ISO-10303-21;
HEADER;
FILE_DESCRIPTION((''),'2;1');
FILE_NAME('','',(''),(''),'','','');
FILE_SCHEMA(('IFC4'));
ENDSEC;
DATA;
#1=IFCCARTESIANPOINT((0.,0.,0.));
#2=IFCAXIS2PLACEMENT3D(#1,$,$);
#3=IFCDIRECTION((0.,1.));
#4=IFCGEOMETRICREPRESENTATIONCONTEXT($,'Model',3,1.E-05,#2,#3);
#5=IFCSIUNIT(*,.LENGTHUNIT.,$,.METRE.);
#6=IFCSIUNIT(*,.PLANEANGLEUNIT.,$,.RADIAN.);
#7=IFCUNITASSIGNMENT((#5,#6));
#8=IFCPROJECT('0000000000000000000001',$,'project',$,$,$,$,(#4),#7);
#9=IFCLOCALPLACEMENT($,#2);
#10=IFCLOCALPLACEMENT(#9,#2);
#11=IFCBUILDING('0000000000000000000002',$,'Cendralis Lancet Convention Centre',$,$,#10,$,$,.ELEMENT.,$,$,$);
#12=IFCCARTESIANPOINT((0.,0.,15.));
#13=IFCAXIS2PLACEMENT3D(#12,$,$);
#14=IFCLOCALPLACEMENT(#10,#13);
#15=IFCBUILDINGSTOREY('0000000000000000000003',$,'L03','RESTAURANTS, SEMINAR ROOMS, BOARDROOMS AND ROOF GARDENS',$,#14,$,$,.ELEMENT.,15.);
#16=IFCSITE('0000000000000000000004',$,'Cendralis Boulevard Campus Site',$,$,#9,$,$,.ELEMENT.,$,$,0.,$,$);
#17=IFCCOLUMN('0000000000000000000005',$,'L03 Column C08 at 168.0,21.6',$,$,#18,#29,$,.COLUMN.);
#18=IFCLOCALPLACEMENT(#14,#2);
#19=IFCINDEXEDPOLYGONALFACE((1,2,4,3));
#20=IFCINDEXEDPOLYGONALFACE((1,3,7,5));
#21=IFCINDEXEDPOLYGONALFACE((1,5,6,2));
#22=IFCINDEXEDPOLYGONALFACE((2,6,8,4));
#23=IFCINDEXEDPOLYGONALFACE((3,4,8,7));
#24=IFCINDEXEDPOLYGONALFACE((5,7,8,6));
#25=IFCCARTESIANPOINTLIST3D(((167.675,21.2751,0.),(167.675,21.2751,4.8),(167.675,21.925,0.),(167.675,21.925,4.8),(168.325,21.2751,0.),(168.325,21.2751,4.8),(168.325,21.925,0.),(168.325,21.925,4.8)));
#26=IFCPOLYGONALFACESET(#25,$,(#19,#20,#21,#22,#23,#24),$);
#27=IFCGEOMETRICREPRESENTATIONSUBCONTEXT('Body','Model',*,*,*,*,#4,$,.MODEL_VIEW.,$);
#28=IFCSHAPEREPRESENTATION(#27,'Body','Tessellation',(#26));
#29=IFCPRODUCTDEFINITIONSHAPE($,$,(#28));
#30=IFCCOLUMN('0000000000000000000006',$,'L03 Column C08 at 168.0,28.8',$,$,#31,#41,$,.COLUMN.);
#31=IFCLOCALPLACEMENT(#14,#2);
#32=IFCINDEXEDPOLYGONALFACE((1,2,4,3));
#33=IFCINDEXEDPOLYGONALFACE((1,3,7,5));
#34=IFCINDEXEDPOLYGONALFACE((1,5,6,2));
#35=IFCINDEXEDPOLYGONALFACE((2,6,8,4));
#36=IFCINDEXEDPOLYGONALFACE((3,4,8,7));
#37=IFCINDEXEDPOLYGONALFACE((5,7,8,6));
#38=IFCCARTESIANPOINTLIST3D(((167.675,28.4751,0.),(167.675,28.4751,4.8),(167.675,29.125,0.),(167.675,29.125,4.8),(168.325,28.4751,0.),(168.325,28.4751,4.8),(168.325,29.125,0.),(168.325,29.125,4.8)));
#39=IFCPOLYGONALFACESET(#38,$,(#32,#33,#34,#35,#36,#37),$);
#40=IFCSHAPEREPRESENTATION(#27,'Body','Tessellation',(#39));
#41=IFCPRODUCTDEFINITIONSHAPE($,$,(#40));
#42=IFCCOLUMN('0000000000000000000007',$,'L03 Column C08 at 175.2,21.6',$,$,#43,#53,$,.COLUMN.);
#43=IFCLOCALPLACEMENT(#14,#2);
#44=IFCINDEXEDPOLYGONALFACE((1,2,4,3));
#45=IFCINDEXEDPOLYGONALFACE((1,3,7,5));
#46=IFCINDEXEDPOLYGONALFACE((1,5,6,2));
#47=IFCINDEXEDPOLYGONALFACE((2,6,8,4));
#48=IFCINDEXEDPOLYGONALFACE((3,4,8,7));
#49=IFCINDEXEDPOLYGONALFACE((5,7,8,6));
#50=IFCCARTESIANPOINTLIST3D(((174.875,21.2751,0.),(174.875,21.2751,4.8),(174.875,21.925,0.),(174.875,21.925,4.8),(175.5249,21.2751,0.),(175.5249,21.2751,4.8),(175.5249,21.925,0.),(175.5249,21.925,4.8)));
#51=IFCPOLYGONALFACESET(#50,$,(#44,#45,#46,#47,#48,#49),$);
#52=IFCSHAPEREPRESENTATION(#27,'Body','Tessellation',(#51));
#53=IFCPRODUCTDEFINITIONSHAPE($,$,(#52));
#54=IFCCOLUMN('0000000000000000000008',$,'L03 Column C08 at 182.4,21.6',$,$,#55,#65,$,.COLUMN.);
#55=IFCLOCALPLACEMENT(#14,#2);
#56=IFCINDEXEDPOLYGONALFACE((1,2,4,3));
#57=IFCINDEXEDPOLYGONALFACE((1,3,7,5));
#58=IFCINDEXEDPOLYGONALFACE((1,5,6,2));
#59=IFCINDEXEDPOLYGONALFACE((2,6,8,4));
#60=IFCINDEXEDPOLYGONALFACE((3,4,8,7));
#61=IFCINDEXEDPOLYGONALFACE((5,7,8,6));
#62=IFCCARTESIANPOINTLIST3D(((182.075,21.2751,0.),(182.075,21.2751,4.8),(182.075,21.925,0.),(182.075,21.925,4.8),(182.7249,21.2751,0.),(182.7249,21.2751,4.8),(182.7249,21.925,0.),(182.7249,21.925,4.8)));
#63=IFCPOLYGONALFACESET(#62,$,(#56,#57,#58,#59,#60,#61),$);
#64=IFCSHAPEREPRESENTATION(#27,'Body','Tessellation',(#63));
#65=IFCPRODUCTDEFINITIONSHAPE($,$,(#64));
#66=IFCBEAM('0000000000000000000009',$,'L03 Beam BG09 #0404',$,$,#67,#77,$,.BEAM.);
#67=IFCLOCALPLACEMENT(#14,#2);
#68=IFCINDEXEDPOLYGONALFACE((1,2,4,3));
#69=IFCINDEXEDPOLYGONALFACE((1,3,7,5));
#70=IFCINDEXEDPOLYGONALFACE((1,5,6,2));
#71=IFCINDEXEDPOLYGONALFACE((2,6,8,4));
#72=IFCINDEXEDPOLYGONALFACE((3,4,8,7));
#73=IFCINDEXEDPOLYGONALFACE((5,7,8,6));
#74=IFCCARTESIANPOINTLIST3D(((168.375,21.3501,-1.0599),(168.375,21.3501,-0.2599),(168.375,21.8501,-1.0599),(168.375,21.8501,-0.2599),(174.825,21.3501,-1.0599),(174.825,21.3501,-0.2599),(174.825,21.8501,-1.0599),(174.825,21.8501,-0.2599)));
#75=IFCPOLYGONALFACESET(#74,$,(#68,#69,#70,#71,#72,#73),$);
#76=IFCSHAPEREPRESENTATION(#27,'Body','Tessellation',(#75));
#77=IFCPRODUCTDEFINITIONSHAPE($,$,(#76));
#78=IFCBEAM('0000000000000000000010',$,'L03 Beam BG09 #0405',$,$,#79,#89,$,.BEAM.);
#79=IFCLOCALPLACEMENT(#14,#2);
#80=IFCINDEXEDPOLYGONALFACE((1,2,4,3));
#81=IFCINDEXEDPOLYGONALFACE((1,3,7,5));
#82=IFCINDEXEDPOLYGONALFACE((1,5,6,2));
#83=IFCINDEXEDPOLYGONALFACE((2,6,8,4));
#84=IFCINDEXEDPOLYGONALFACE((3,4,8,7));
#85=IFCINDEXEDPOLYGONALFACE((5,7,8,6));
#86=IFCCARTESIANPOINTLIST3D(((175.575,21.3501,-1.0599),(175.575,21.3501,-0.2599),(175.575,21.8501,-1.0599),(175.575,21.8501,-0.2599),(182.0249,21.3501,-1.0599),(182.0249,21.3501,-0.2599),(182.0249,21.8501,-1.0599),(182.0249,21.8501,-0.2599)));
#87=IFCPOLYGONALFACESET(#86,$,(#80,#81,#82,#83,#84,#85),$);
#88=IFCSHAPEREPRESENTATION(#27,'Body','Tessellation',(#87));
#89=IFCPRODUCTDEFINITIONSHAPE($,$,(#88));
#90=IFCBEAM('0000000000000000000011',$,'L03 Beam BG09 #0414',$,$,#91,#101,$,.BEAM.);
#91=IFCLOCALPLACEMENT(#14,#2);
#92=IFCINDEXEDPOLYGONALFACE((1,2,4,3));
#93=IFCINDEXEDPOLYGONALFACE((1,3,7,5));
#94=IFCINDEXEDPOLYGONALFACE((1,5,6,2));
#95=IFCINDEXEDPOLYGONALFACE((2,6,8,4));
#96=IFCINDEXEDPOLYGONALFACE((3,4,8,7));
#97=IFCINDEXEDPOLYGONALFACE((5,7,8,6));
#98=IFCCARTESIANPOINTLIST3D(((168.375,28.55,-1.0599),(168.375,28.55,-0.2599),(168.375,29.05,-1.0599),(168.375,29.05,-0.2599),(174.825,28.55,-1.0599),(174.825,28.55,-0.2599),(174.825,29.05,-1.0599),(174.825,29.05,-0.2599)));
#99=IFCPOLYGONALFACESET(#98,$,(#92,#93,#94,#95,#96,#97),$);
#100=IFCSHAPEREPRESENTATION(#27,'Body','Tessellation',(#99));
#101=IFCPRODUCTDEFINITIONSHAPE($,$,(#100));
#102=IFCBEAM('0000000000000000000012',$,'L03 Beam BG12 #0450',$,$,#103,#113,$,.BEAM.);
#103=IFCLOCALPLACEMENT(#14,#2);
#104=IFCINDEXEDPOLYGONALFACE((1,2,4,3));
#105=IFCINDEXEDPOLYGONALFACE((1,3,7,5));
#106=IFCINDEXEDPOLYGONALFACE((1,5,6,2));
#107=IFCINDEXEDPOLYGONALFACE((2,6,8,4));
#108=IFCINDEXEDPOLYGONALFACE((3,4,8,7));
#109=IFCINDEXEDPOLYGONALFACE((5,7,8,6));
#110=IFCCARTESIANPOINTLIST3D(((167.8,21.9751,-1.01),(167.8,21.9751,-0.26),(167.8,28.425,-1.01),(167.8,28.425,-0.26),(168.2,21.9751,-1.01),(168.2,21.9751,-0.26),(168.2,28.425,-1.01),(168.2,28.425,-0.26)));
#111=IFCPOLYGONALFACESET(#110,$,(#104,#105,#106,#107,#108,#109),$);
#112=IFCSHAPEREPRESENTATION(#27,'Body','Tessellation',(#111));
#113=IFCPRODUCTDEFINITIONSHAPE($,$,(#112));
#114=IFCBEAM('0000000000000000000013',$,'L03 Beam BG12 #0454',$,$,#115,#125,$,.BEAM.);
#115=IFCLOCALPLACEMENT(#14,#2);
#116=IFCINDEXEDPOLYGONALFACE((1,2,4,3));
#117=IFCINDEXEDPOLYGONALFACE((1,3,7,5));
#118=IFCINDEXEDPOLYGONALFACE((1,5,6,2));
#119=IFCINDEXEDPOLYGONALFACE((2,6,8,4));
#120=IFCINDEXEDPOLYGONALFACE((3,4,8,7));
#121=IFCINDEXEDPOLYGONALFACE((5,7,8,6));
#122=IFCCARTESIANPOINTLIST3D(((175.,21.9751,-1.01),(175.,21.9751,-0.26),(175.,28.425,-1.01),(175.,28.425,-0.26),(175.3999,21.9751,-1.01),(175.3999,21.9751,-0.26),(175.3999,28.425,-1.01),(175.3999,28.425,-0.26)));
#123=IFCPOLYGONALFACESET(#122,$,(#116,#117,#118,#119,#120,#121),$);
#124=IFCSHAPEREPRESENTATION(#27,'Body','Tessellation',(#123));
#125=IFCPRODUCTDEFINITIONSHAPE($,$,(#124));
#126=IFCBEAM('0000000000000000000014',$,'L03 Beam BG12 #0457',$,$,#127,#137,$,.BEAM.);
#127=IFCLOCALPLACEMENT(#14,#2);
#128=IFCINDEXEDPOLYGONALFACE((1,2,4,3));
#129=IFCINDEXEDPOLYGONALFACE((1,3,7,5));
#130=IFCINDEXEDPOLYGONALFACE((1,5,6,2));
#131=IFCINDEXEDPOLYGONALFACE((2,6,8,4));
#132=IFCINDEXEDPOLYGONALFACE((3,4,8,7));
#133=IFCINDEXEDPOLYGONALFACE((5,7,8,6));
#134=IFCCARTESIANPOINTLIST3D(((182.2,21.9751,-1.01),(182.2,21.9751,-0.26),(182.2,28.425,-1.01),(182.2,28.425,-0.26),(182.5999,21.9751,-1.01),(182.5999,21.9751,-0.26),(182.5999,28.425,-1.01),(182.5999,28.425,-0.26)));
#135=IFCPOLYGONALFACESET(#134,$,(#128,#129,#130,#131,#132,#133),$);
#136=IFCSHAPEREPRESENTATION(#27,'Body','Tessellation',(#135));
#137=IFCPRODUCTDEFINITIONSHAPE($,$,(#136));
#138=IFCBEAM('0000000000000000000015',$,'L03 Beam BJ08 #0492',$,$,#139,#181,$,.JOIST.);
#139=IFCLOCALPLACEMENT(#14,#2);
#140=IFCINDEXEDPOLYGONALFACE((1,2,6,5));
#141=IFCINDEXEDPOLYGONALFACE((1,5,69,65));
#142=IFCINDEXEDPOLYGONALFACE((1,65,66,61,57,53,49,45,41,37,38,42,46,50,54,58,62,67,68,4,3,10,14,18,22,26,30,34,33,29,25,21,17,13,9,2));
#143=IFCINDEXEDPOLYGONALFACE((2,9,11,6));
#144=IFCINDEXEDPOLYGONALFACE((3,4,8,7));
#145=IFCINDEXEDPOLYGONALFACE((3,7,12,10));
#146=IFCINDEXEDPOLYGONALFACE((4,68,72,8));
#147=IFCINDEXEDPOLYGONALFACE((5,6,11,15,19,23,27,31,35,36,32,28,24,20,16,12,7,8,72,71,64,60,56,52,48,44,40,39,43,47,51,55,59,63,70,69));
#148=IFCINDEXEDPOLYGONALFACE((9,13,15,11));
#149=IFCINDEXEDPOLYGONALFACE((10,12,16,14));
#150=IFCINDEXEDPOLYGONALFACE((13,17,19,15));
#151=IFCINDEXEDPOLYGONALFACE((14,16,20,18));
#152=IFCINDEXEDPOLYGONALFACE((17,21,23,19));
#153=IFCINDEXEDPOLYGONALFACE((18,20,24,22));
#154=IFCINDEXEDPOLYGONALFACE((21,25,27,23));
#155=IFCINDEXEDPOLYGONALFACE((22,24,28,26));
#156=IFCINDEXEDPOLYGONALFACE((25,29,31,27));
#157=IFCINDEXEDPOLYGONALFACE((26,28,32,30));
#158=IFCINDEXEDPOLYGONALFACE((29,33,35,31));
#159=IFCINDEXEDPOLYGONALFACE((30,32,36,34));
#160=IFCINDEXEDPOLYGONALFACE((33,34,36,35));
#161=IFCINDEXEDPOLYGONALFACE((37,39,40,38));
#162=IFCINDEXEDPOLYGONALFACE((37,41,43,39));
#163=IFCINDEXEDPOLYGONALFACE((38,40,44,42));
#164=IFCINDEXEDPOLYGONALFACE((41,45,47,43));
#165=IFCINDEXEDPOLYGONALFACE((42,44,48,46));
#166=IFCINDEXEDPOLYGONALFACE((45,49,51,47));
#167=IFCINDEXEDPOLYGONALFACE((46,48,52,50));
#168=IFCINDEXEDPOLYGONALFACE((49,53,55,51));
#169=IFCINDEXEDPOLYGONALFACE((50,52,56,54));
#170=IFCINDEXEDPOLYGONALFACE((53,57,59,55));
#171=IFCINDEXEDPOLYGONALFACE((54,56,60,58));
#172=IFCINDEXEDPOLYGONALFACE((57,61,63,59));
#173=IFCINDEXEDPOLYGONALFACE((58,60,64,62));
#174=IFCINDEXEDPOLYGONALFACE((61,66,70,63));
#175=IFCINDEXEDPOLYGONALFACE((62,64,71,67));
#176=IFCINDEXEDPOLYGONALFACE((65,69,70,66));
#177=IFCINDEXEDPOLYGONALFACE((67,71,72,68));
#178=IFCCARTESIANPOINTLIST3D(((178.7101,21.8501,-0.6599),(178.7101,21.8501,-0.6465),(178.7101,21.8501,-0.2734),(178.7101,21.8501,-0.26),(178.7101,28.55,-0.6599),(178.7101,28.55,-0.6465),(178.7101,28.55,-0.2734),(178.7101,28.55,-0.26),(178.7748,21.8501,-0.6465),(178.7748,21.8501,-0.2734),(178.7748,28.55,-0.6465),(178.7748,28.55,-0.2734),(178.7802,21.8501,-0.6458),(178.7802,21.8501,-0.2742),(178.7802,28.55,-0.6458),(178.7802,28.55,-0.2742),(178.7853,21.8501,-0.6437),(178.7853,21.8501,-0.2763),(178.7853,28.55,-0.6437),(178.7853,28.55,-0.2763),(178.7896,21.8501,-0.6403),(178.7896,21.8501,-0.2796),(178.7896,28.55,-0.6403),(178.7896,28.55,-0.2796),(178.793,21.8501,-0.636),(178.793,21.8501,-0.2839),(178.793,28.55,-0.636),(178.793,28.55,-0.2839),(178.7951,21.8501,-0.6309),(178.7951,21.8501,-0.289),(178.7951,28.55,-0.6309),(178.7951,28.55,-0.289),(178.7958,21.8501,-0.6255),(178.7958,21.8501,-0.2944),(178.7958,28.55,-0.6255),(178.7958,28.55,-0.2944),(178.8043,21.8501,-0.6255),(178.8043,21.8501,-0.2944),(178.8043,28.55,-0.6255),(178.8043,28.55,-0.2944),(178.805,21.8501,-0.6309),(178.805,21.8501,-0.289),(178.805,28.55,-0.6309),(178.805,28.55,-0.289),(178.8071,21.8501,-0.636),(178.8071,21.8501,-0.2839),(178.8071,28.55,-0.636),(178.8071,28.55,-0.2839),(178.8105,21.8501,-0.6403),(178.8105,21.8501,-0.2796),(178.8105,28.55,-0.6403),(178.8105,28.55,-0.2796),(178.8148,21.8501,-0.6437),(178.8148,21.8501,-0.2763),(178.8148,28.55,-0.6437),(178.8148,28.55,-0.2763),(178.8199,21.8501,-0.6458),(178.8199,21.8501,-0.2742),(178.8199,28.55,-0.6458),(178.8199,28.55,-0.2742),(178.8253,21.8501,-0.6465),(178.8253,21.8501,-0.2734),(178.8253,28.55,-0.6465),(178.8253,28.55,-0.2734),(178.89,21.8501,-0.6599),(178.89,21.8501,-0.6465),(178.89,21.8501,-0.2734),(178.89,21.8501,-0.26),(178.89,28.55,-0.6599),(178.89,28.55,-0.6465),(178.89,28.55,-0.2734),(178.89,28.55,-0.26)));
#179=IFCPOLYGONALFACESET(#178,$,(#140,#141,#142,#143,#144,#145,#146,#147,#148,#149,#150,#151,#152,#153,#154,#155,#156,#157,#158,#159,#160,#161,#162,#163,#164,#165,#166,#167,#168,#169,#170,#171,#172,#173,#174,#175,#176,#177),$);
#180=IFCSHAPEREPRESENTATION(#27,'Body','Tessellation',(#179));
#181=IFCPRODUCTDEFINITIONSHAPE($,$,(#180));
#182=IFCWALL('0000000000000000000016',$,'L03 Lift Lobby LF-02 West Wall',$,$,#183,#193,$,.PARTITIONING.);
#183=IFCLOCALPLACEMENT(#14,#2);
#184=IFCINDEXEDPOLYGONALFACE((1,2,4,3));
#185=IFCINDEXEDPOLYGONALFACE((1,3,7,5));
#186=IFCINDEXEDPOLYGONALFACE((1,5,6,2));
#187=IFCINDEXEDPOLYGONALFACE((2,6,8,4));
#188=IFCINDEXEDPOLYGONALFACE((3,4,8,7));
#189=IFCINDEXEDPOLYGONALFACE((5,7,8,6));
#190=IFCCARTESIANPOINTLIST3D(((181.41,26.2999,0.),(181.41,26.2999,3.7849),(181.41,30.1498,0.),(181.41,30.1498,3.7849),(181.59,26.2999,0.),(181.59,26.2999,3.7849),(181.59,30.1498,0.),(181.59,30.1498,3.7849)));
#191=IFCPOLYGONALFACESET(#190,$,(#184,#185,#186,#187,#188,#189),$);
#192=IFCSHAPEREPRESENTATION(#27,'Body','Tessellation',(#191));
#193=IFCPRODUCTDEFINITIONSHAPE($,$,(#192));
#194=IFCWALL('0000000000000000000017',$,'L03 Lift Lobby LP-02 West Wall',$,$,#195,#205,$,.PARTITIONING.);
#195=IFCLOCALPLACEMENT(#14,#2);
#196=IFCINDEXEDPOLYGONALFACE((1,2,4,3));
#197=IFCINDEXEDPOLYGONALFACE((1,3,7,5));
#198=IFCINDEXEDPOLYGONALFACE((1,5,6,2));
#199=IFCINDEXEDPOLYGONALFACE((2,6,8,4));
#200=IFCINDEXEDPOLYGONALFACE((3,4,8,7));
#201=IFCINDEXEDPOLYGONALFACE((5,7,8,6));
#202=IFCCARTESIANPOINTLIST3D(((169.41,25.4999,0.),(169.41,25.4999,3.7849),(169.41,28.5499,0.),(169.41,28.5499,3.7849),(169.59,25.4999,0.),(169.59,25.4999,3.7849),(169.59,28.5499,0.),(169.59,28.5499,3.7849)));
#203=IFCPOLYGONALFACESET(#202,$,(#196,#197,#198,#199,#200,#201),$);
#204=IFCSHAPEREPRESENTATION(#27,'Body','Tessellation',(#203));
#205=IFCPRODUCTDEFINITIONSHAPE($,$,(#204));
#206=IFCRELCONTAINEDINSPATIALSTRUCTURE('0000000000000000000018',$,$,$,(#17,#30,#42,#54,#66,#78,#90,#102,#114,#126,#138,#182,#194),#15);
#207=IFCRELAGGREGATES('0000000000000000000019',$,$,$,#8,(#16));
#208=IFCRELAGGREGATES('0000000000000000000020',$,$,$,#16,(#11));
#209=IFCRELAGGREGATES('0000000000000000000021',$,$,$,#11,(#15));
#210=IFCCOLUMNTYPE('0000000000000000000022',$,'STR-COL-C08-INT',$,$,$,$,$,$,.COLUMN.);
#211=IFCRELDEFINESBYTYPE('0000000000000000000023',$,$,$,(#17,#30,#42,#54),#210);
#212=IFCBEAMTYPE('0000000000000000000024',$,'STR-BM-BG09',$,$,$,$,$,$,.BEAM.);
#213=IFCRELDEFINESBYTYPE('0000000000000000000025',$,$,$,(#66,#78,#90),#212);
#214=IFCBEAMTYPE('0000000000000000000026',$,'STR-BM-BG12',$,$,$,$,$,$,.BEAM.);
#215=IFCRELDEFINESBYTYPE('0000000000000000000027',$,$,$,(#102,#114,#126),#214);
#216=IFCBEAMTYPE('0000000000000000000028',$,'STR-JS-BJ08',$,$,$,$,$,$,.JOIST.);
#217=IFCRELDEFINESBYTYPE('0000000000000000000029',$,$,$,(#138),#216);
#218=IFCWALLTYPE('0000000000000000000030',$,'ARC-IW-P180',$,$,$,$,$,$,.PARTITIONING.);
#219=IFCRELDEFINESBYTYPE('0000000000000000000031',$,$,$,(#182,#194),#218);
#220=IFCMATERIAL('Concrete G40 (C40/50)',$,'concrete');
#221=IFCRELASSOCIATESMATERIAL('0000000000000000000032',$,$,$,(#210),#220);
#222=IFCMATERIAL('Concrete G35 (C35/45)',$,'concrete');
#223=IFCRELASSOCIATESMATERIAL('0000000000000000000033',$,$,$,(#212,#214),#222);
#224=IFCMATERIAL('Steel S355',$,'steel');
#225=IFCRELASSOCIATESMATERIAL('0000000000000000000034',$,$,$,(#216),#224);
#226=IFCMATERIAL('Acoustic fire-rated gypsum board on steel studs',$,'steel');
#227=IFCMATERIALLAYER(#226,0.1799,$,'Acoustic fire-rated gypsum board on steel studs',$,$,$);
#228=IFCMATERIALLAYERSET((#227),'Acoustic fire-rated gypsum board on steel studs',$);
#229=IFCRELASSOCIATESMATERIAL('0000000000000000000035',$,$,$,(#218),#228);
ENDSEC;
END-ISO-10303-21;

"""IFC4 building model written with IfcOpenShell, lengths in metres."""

from ifc_helpers import new_model, si_unit, direction, frame, frame_2d, origin, origin_2d, place, context, subcontext, project, spatial, rectangle, i_section, extrude, material, layer, layer_set, material_profile, profile_set, type_object, element, save


model = new_model("IFC4")

# Units and contexts
model_context = context("Model", 3, precision=1e-05, world=origin(), true_north=direction((0.0, 1.0)))
body_context = subcontext(model_context, "Body", "Model", "MODEL_VIEW")
ifc_project = project(units=[si_unit("LENGTHUNIT", "METRE"), si_unit("PLANEANGLEUNIT", "RADIAN")], contexts=[model_context])

# Site, building, storey
site_placement = place(None, origin())
site = spatial("IfcSite", under=ifc_project, at=site_placement, Name="Cendralis Boulevard Campus Site", CompositionType="ELEMENT", RefElevation=0.0)
building_placement = place(site_placement, origin())
building = spatial("IfcBuilding", under=site, at=building_placement, Name="Cendralis Lancet Convention Centre", CompositionType="ELEMENT")
storey_placement = place(building_placement, frame((0.0, 0.0, 15.0)))
storey = spatial("IfcBuildingStorey", under=building, at=storey_placement, Name="L03", Description="RESTAURANTS, SEMINAR ROOMS, BOARDROOMS AND ROOF GARDENS", CompositionType="ELEMENT", Elevation=15.0)

# Columns
ifc_material_1 = material(Name="Concrete G40 (C40/50)", Category="concrete")
ifc_material_profile_1 = material_profile(ifc_material_1, rectangle(XDim=0.6499, YDim=0.6499, at=origin_2d()), Name="RC 650x650")
ifc_profile_set_1 = profile_set([ifc_material_profile_1], Name="Concrete G40 (C40/50)")
column_type = type_object("IfcColumnType", Name="STR-COL-C08-INT", PredefinedType="COLUMN", material=ifc_profile_set_1)
for number, where, z_axis, x_axis, name in (
    (1, (168.0, 21.6001, 0.0), (0.0, 0.0, 1.0), (1.0, 0.0, 0.0), "L03 Column C08 at 168.0,21.6"),
    (2, (168.0, 28.8, 0.0), (0.0, 0.0, 1.0), (1.0, 0.0, 0.0), "L03 Column C08 at 168.0,28.8"),
    (3, (175.2, 21.6001, 0.0), (0.0, 0.0, 1.0), (1.0, 0.0, 0.0), "L03 Column C08 at 175.2,21.6"),
    (4, (182.3999, 21.6001, 0.0), (0.0, 0.0, 1.0), (1.0, 0.0, 0.0), "L03 Column C08 at 182.4,21.6"),
):
    element("IfcColumn", number, at=place(storey_placement, frame(where, z_axis=z_axis, x_axis=x_axis)), inside=storey, type_object=column_type, Name=name, PredefinedType="COLUMN", context=body_context, shape_type="SweptSolid", body=[
        extrude(rectangle(XDim=0.6499, YDim=0.6499, at=origin_2d()), origin(), (0.0, 0.0, 1.0), 4.8),
    ])

# Beams
ifc_material_2 = material(Name="Concrete G35 (C35/45)", Category="concrete")
ifc_material_profile_2 = material_profile(ifc_material_2, rectangle(XDim=0.5, YDim=0.8, at=origin_2d()), Name="RCB 500x800")
ifc_profile_set_2 = profile_set([ifc_material_profile_2], Name="Concrete G35 (C35/45)")
beam_type_1 = type_object("IfcBeamType", Name="STR-BM-BG09", PredefinedType="BEAM", material=ifc_profile_set_2)
for number, where, z_axis, x_axis, name in (
    (5, (168.375, 21.6001, -0.6599), (1.0, 0.0, 0.0), (0.0, 1.0, 0.0), "L03 Beam BG09 #0404"),
    (6, (175.575, 21.6001, -0.6599), (1.0, 0.0, 0.0), (0.0, 1.0, 0.0), "L03 Beam BG09 #0405"),
    (7, (168.375, 28.8, -0.6599), (1.0, 0.0, 0.0), (0.0, 1.0, 0.0), "L03 Beam BG09 #0414"),
):
    element("IfcBeam", number, at=place(storey_placement, frame(where, z_axis=z_axis, x_axis=x_axis)), inside=storey, type_object=beam_type_1, Name=name, PredefinedType="BEAM", context=body_context, shape_type="SweptSolid", body=[
        extrude(rectangle(XDim=0.5, YDim=0.8, at=origin_2d()), origin(), (0.0, 0.0, 1.0), 6.45),
    ])
ifc_material_profile_3 = material_profile(ifc_material_2, rectangle(XDim=0.3999, YDim=0.75, at=origin_2d()), Name="RCB 400x750")
ifc_profile_set_3 = profile_set([ifc_material_profile_3], Name="Concrete G35 (C35/45)")
beam_type_2 = type_object("IfcBeamType", Name="STR-BM-BG12", PredefinedType="BEAM", material=ifc_profile_set_3)
for number, where, z_axis, x_axis, name in (
    (8, (168.0, 21.9751, -0.635), (0.0, 1.0, 0.0), (-1.0, 0.0, 0.0), "L03 Beam BG12 #0450"),
    (9, (175.2, 21.9751, -0.635), (0.0, 1.0, 0.0), (-1.0, 0.0, 0.0), "L03 Beam BG12 #0454"),
    (10, (182.3999, 21.9751, -0.635), (0.0, 1.0, 0.0), (-1.0, 0.0, 0.0), "L03 Beam BG12 #0457"),
):
    element("IfcBeam", number, at=place(storey_placement, frame(where, z_axis=z_axis, x_axis=x_axis)), inside=storey, type_object=beam_type_2, Name=name, PredefinedType="BEAM", context=body_context, shape_type="SweptSolid", body=[
        extrude(rectangle(XDim=0.3999, YDim=0.75, at=origin_2d()), origin(), (0.0, 0.0, 1.0), 6.45),
    ])
ifc_material_3 = material(Name="Steel S355", Category="steel")
ifc_material_profile_4 = material_profile(ifc_material_3, i_section(OverallWidth=0.1799, OverallDepth=0.3999, WebThickness=0.0085, FlangeThickness=0.0134, FilletRadius=0.021, at=origin_2d()), Name="IPE 400")
ifc_profile_set_4 = profile_set([ifc_material_profile_4], Name="Steel S355")
beam_type_3 = type_object("IfcBeamType", Name="STR-JS-BJ08", PredefinedType="JOIST", material=ifc_profile_set_4)
beam_placement = place(storey_placement, frame((178.8, 21.8501, -0.46), z_axis=(0.0, 1.0, 0.0), x_axis=(-1.0, 0.0, 0.0)))
element("IfcBeam", 11, at=beam_placement, inside=storey, type_object=beam_type_3, Name="L03 Beam BJ08 #0492", PredefinedType="JOIST", context=body_context, shape_type="SweptSolid", body=[
    extrude(i_section(OverallWidth=0.1799, OverallDepth=0.3999, WebThickness=0.0085, FlangeThickness=0.0134, FilletRadius=0.021, at=origin_2d()), origin(), (0.0, 0.0, 1.0), 6.7),
])

# Wall
ifc_material_4 = material(Name="Acoustic fire-rated gypsum board on steel studs", Category="steel")
ifc_layer_1 = layer(ifc_material_4, 0.1799, Name="Acoustic fire-rated gypsum board on steel studs")
ifc_layer_set_1 = layer_set([ifc_layer_1], Name="Acoustic fire-rated gypsum board on steel studs")
wall_type_1 = type_object("IfcWallType", Name="ARC-IW-P180", PredefinedType="PARTITIONING", material=ifc_layer_set_1)
wall_1_placement = place(storey_placement, frame((181.5, 26.3, 0.0), z_axis=(0.0, 0.0, 1.0), x_axis=(0.0, 1.0, 0.0)))
element("IfcWall", 12, at=wall_1_placement, inside=storey, type_object=wall_type_1, Name="L03 Lift Lobby LF-02 West Wall", PredefinedType="PARTITIONING", context=body_context, shape_type="SweptSolid", body=[
    extrude(rectangle(XDim=3.8499, YDim=0.1799, at=frame_2d((1.9248, 0.0))), origin(), (0.0, 0.0, 1.0), 3.7849),
])

# Wall
for number, where, z_axis, x_axis, name in (
    (13, (169.5, 25.5, 0.0), (0.0, 0.0, 1.0), (0.0, 1.0, 0.0), "L03 Lift Lobby LP-02 West Wall"),
):
    element("IfcWall", number, at=place(storey_placement, frame(where, z_axis=z_axis, x_axis=x_axis)), inside=storey, type_object=wall_type_1, Name=name, PredefinedType="PARTITIONING", context=body_context, shape_type="SweptSolid", body=[
        extrude(rectangle(XDim=3.05, YDim=0.1799, at=frame_2d((1.5249, 0.0))), origin(), (0.0, 0.0, 1.0), 3.7849),
    ])

save(model, "model.ifc")
